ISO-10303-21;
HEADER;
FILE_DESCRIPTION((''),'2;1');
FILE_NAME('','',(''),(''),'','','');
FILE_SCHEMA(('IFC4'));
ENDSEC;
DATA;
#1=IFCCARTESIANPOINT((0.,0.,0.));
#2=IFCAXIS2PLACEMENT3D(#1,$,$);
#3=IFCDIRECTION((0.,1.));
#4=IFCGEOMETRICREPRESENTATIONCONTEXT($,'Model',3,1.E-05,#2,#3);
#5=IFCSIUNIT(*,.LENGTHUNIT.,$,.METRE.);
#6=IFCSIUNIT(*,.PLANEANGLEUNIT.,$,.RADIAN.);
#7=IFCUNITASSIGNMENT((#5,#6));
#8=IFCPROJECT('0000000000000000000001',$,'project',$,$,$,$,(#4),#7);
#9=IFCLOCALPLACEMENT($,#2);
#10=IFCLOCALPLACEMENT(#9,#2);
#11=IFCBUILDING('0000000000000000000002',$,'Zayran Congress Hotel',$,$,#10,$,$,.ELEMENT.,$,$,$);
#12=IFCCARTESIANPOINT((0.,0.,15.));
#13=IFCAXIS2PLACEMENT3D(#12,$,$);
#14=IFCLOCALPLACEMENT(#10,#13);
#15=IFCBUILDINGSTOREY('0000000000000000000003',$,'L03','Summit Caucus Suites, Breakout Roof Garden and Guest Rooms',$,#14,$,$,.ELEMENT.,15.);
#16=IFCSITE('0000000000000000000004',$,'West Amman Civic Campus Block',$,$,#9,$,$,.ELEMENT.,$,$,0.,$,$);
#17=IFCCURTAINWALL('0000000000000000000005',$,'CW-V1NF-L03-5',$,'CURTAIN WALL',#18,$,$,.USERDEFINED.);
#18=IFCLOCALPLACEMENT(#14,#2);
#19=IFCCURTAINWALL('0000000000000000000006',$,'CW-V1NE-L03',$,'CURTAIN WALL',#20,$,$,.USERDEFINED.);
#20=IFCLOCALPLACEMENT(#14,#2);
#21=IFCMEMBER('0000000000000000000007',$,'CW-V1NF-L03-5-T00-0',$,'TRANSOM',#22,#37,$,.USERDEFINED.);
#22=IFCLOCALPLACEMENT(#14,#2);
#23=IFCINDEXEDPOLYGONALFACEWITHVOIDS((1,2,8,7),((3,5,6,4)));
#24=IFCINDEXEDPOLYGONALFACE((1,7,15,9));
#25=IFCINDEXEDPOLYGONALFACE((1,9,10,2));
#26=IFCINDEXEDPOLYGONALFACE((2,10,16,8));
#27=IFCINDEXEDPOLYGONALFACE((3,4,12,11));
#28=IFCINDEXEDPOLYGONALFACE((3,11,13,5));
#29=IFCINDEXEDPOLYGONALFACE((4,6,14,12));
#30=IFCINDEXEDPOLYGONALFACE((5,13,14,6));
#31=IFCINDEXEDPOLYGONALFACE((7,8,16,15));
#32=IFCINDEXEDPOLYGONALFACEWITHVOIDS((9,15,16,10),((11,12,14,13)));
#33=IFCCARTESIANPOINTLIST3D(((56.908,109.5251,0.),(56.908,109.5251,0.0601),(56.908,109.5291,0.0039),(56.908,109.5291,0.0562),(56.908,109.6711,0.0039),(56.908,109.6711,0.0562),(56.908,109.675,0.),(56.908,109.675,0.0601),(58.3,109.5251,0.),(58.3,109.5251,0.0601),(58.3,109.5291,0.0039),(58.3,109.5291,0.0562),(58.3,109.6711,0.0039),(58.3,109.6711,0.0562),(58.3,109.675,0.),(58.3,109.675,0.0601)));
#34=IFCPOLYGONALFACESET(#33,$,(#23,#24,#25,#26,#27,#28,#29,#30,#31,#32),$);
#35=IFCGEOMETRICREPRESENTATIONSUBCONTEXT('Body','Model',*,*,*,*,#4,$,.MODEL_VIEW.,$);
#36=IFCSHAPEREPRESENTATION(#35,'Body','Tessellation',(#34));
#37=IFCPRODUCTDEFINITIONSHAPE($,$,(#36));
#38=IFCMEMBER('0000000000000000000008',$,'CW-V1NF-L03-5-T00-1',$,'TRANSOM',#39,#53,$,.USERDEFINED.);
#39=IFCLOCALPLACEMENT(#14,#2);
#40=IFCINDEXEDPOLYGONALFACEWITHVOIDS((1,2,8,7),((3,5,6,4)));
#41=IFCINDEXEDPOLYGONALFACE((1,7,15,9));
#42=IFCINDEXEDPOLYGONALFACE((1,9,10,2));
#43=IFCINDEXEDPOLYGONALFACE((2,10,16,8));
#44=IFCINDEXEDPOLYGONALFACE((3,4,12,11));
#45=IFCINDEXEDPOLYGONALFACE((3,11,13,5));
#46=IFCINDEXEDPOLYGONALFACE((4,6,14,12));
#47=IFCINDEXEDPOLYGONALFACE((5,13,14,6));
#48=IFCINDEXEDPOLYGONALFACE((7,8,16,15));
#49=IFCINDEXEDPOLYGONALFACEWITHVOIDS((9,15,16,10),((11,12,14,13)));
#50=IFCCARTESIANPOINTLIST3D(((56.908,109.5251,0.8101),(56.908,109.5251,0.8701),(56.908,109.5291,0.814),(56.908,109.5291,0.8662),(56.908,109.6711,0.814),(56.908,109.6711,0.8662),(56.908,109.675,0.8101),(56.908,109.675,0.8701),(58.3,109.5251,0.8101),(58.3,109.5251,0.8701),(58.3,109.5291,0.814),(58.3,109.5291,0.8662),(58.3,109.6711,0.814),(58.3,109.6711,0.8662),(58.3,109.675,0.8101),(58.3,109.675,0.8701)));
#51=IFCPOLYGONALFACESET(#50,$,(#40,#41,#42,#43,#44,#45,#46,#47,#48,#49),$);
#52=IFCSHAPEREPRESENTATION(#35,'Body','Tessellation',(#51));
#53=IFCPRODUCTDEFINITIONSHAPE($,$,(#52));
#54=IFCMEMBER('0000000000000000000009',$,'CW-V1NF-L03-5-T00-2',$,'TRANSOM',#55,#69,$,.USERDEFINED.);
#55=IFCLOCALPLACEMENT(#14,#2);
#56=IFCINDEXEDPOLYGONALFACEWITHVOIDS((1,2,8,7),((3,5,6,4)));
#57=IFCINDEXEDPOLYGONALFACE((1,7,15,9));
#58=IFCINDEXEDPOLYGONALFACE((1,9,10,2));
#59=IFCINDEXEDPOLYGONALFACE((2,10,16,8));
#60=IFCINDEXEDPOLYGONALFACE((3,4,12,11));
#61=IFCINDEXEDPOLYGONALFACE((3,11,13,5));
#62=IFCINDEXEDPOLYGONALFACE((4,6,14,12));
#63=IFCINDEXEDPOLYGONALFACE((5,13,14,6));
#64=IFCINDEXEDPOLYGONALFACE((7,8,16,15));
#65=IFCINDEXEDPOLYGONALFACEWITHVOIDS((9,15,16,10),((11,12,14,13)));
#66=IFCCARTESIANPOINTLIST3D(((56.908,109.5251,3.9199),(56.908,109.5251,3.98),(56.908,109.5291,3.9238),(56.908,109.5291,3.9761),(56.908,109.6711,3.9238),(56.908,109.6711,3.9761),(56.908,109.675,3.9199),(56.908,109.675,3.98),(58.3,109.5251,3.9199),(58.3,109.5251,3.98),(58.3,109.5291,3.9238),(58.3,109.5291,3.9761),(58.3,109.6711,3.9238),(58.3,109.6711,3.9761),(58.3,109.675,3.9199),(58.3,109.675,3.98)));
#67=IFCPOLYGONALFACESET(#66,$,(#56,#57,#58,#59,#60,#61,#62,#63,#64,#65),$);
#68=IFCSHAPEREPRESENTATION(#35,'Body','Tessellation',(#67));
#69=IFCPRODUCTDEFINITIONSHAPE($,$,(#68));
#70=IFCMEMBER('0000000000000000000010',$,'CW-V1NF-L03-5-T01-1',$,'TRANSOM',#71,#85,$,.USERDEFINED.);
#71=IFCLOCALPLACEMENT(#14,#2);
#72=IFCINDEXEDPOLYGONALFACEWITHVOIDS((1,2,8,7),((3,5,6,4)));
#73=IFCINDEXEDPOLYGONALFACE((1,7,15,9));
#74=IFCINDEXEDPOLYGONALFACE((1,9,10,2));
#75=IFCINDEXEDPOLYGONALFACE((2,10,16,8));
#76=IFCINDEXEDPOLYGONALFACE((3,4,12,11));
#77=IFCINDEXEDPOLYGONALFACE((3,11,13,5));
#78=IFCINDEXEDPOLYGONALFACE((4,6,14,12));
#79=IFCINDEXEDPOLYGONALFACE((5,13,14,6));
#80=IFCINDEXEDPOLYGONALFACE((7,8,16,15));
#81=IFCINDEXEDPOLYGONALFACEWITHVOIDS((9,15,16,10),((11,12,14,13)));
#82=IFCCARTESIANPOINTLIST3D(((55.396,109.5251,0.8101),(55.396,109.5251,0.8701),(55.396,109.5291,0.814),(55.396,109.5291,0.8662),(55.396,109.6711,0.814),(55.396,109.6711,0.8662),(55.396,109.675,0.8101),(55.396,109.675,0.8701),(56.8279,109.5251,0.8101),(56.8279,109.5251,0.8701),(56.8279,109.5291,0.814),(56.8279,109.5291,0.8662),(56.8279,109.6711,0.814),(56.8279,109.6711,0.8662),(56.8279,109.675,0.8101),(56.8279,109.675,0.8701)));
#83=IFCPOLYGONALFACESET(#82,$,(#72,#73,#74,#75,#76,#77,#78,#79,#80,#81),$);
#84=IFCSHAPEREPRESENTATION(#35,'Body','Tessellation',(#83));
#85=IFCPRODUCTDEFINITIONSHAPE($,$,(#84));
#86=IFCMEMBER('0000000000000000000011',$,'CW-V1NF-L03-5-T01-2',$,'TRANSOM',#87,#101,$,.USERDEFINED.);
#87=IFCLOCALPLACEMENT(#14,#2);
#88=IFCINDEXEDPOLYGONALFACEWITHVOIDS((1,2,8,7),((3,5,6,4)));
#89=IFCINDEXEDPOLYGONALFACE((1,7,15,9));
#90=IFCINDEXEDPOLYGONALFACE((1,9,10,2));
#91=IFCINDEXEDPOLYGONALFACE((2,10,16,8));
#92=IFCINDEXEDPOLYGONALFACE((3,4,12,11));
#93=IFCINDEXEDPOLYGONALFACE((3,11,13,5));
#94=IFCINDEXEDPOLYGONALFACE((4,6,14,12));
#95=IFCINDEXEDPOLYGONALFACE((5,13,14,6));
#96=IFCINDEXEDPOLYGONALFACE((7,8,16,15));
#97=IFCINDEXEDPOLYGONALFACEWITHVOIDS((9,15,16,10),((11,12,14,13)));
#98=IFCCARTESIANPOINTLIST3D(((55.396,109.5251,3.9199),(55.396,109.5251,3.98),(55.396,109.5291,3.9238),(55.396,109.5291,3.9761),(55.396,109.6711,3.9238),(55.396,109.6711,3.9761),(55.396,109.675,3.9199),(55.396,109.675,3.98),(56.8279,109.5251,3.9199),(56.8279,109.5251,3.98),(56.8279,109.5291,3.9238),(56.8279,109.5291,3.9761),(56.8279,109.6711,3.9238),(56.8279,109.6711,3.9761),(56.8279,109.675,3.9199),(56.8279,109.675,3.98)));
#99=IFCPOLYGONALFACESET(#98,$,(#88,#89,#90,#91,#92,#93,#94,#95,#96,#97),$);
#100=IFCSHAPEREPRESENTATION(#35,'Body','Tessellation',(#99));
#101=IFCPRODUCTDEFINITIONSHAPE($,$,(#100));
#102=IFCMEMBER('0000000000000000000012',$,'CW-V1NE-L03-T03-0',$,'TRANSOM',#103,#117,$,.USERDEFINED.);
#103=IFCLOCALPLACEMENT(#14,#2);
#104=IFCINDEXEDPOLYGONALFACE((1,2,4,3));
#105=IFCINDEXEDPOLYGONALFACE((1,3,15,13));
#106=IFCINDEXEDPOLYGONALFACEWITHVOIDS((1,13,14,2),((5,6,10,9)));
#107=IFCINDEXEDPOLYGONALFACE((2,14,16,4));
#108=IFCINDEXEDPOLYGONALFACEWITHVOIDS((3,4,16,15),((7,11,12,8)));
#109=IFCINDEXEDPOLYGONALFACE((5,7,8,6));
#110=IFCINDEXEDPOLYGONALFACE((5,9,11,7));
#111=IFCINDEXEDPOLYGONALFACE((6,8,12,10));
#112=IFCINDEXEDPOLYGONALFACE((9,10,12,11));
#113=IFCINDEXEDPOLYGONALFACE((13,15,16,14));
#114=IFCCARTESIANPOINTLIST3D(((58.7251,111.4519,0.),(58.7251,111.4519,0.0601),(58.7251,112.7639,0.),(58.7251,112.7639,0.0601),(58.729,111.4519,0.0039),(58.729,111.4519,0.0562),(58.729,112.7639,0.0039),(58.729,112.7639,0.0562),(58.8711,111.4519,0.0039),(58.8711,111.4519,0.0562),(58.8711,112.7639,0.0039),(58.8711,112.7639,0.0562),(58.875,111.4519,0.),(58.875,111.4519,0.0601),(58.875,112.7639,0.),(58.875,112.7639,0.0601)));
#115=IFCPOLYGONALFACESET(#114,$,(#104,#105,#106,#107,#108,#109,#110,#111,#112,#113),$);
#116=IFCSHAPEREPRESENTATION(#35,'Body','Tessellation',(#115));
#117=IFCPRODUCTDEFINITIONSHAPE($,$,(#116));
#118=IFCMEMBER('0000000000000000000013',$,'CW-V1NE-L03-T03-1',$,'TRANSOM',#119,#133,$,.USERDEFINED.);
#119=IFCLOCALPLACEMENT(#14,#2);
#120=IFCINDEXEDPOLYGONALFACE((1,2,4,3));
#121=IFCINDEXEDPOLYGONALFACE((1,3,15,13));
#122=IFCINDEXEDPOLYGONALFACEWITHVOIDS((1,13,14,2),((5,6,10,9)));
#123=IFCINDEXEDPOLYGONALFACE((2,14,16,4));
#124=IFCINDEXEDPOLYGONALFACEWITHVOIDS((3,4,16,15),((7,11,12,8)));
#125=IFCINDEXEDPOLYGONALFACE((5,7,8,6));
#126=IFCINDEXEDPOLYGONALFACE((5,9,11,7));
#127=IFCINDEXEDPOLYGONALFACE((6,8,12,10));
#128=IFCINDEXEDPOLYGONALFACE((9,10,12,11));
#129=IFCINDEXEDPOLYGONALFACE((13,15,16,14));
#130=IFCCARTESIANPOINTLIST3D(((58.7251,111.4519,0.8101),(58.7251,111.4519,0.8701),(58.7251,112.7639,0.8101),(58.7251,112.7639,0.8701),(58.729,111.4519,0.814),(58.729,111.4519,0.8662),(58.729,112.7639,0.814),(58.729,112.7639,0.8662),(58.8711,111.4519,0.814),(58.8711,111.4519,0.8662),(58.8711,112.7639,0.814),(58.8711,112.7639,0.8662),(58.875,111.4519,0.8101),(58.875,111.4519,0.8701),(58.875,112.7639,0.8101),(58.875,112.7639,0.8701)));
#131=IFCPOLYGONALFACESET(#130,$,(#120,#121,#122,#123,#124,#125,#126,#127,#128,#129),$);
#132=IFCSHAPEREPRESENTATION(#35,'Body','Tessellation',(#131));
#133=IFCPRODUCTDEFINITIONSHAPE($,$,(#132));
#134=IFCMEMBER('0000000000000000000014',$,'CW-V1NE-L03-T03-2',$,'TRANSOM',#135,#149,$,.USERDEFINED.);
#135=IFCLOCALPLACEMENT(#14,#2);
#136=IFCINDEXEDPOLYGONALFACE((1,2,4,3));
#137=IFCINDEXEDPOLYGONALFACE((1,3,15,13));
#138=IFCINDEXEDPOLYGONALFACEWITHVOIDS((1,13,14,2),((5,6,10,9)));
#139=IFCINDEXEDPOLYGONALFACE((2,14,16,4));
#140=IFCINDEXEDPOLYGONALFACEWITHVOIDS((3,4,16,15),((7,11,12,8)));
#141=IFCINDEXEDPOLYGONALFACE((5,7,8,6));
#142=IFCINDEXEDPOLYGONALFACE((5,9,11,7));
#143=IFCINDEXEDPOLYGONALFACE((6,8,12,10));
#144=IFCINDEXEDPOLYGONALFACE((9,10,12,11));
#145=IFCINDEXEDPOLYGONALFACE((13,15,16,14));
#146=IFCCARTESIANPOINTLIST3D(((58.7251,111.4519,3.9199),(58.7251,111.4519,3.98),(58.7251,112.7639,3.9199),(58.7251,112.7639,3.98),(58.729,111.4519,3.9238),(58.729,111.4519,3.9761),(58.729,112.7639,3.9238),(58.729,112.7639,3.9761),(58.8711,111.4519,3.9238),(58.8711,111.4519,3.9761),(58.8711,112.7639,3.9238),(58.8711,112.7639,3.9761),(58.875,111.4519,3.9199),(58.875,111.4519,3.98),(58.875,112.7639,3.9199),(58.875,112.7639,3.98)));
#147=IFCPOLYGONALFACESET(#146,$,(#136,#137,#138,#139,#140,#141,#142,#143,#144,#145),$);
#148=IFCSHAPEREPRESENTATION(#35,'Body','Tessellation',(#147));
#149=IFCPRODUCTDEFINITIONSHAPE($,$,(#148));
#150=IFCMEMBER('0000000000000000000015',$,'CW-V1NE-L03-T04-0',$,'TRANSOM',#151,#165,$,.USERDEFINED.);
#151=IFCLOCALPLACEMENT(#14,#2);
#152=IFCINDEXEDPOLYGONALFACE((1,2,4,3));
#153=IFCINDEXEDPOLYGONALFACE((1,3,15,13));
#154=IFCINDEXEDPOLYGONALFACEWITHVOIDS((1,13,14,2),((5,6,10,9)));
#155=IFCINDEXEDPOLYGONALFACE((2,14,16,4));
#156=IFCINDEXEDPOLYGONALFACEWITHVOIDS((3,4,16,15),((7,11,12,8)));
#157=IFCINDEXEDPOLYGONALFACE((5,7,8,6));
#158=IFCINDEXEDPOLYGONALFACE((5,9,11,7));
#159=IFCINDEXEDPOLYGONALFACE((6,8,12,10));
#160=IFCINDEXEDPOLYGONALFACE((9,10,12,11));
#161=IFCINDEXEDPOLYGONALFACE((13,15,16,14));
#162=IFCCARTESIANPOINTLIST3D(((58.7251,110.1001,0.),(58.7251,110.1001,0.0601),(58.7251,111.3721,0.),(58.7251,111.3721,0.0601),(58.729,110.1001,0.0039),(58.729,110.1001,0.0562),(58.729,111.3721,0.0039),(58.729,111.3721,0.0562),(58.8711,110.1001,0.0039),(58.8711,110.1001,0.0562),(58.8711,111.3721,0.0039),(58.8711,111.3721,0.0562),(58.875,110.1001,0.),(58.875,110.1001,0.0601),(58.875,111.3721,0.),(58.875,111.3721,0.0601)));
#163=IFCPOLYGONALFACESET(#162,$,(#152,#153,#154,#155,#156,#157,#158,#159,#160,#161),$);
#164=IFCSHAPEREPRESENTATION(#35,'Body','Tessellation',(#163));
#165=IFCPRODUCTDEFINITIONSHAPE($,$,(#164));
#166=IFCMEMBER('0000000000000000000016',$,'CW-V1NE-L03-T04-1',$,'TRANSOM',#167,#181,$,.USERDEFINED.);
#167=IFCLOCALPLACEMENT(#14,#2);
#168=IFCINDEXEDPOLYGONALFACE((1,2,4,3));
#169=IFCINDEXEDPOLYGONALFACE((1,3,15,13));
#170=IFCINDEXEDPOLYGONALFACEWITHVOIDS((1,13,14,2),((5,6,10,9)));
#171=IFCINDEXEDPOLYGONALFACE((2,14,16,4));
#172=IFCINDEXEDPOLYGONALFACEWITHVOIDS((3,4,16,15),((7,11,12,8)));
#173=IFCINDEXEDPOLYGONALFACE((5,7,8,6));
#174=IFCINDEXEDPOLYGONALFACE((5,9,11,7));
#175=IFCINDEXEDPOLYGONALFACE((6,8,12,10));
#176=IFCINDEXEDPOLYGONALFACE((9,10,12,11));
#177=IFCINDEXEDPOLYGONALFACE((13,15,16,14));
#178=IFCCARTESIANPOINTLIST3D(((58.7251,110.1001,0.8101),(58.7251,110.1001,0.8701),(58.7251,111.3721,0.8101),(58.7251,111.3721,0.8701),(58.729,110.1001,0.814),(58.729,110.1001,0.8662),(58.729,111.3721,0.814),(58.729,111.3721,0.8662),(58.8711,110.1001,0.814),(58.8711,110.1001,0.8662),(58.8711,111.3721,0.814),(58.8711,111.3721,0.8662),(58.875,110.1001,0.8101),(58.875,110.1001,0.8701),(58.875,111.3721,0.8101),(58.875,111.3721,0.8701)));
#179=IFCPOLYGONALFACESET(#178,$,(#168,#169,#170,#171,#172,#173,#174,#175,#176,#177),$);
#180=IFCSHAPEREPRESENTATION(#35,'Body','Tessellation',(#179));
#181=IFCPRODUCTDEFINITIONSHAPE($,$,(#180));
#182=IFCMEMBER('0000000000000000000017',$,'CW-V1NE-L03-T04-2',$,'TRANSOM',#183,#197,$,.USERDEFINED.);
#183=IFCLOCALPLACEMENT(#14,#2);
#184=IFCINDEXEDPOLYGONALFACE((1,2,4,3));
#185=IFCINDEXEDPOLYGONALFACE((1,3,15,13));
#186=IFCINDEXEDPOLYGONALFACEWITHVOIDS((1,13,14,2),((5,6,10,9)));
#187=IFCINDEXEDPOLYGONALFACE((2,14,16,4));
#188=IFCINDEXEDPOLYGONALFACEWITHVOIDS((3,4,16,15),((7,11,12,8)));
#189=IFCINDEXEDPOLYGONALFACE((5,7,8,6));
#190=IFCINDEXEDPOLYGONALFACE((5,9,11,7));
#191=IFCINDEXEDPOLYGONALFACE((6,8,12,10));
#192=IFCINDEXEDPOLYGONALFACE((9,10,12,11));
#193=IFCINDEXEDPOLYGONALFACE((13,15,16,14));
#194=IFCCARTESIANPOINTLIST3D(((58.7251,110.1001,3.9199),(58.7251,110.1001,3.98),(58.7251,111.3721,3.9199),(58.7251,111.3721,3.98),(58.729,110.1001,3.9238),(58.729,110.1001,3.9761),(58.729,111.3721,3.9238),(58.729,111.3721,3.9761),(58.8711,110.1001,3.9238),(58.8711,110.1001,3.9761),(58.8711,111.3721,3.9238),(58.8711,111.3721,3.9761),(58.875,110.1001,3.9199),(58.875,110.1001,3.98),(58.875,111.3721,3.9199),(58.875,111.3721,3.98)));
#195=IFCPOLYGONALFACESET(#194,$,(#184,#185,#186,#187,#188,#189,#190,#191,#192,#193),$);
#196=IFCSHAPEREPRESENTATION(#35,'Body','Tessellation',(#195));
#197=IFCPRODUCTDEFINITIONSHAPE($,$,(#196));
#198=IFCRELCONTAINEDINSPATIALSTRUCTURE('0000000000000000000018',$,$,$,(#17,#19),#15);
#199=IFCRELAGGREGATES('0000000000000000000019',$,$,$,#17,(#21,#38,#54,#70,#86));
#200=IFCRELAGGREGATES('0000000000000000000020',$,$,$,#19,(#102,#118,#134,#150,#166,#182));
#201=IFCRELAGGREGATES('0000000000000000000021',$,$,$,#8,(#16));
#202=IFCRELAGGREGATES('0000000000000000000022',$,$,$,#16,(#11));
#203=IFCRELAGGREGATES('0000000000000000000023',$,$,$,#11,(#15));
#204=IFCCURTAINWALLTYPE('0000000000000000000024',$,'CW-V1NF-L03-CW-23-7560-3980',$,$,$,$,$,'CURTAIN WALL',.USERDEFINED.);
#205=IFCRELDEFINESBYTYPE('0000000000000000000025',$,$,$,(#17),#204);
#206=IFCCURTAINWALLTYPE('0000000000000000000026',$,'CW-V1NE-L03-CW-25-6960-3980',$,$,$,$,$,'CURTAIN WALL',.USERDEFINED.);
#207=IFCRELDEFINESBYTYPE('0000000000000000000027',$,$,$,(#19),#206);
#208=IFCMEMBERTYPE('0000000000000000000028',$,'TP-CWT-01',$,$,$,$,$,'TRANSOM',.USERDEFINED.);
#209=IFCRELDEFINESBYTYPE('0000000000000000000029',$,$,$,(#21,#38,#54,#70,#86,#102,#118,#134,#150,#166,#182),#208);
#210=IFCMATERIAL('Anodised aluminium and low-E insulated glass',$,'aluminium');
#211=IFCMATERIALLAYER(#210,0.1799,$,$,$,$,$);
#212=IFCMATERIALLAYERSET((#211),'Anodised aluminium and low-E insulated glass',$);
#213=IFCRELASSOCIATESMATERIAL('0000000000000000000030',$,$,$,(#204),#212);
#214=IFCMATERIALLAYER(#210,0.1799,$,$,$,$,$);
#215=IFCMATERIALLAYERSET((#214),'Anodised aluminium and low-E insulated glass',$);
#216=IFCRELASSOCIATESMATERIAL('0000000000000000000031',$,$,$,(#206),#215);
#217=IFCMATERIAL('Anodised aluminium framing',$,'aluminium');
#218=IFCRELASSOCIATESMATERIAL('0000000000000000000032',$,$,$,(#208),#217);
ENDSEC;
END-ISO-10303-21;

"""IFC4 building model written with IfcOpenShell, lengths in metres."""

from ifc_helpers import new_model, si_unit, direction, frame, origin, origin_2d, place, context, subcontext, project, spatial, hollow_rectangle, extrude, material, layer, layer_set, material_profile, profile_set, type_object, element, aggregate, save


model = new_model("IFC4")

# Units and contexts
model_context = context("Model", 3, precision=1e-05, world=origin(), true_north=direction((0.0, 1.0)))
body_context = subcontext(model_context, "Body", "Model", "MODEL_VIEW")
ifc_project = project(units=[si_unit("LENGTHUNIT", "METRE"), si_unit("PLANEANGLEUNIT", "RADIAN")], contexts=[model_context])

# Site, building, storey
site_placement = place(None, origin())
site = spatial("IfcSite", under=ifc_project, at=site_placement, Name="West Amman Civic Campus Block", CompositionType="ELEMENT", RefElevation=0.0)
building_placement = place(site_placement, origin())
building = spatial("IfcBuilding", under=site, at=building_placement, Name="Zayran Congress Hotel", CompositionType="ELEMENT")
storey_placement = place(building_placement, frame((0.0, 0.0, 15.0)))
storey = spatial("IfcBuildingStorey", under=building, at=storey_placement, Name="L03", Description="Summit Caucus Suites, Breakout Roof Garden and Guest Rooms", CompositionType="ELEMENT", Elevation=15.0)

# Curtain wall
ifc_material_1 = material(Name="Anodised aluminium and low-E insulated glass", Category="aluminium")
ifc_layer_1 = layer(ifc_material_1, 0.1799)
ifc_layer_set_1 = layer_set([ifc_layer_1], Name="Anodised aluminium and low-E insulated glass")
curtain_wall_type_1 = type_object("IfcCurtainWallType", Name="CW-V1NF-L03-CW-23-7560-3980", ElementType="CURTAIN WALL", PredefinedType="USERDEFINED", material=ifc_layer_set_1)
curtain_wall_1_placement = place(storey_placement, origin())
curtain_wall_1 = element("IfcCurtainWall", 1, at=curtain_wall_1_placement, inside=storey, type_object=curtain_wall_type_1, Name="CW-V1NF-L03-5", ObjectType="CURTAIN WALL", PredefinedType="USERDEFINED")
ifc_material_2 = material(Name="Anodised aluminium framing", Category="aluminium")

# Curtain wall
ifc_layer_2 = layer(ifc_material_1, 0.1799)
ifc_layer_set_2 = layer_set([ifc_layer_2], Name="Anodised aluminium and low-E insulated glass")
curtain_wall_type_2 = type_object("IfcCurtainWallType", Name="CW-V1NE-L03-CW-25-6960-3980", ElementType="CURTAIN WALL", PredefinedType="USERDEFINED", material=ifc_layer_set_2)
curtain_wall_2_placement = place(storey_placement, origin())
curtain_wall_2 = element("IfcCurtainWall", 2, at=curtain_wall_2_placement, inside=storey, type_object=curtain_wall_type_2, Name="CW-V1NE-L03", ObjectType="CURTAIN WALL", PredefinedType="USERDEFINED")

# Members
ifc_material_profile_1 = material_profile(ifc_material_2, hollow_rectangle(XDim=0.0601, YDim=0.1499, WallThickness=0.0039, at=origin_2d()), Name="RHS 150x60x4")
ifc_profile_set_1 = profile_set([ifc_material_profile_1], Name="Anodised aluminium framing")
member_type_1 = type_object("IfcMemberType", Name="TP-CWT-01", ElementType="TRANSOM", PredefinedType="USERDEFINED", material=ifc_profile_set_1)
member_1_placement = place(storey_placement, frame((58.3, 109.6001, 0.03), z_axis=(-1.0, 0.0, 0.0), x_axis=(0.0, 0.0, 1.0)))
member_1 = element("IfcMember", 3, at=member_1_placement, type_object=member_type_1, Name="CW-V1NF-L03-5-T00-0", ObjectType="TRANSOM", PredefinedType="USERDEFINED", context=body_context, shape_type="SweptSolid", body=[
    extrude(hollow_rectangle(XDim=0.0601, YDim=0.1499, WallThickness=0.0039, at=origin_2d()), origin(), (0.0, 0.0, 1.0), 1.3921),
])
member_2_placement = place(storey_placement, frame((58.3, 109.6001, 0.8401), z_axis=(-1.0, 0.0, 0.0), x_axis=(0.0, 0.0, 1.0)))
member_2 = element("IfcMember", 4, at=member_2_placement, type_object=member_type_1, Name="CW-V1NF-L03-5-T00-1", ObjectType="TRANSOM", PredefinedType="USERDEFINED", context=body_context, shape_type="SweptSolid", body=[
    extrude(hollow_rectangle(XDim=0.0601, YDim=0.1499, WallThickness=0.0039, at=origin_2d()), origin(), (0.0, 0.0, 1.0), 1.3921),
])
member_3_placement = place(storey_placement, frame((58.3, 109.6001, 3.95), z_axis=(-1.0, 0.0, 0.0), x_axis=(0.0, 0.0, 1.0)))
member_3 = element("IfcMember", 5, at=member_3_placement, type_object=member_type_1, Name="CW-V1NF-L03-5-T00-2", ObjectType="TRANSOM", PredefinedType="USERDEFINED", context=body_context, shape_type="SweptSolid", body=[
    extrude(hollow_rectangle(XDim=0.0601, YDim=0.1499, WallThickness=0.0039, at=origin_2d()), origin(), (0.0, 0.0, 1.0), 1.3921),
])
member_4_placement = place(storey_placement, frame((56.8279, 109.6001, 0.8401), z_axis=(-1.0, 0.0, 0.0), x_axis=(0.0, 0.0, 1.0)))
member_4 = element("IfcMember", 6, at=member_4_placement, type_object=member_type_1, Name="CW-V1NF-L03-5-T01-1", ObjectType="TRANSOM", PredefinedType="USERDEFINED", context=body_context, shape_type="SweptSolid", body=[
    extrude(hollow_rectangle(XDim=0.0601, YDim=0.1499, WallThickness=0.0039, at=origin_2d()), origin(), (0.0, 0.0, 1.0), 1.4319),
])
member_5_placement = place(storey_placement, frame((56.8279, 109.6001, 3.95), z_axis=(-1.0, 0.0, 0.0), x_axis=(0.0, 0.0, 1.0)))
member_5 = element("IfcMember", 7, at=member_5_placement, type_object=member_type_1, Name="CW-V1NF-L03-5-T01-2", ObjectType="TRANSOM", PredefinedType="USERDEFINED", context=body_context, shape_type="SweptSolid", body=[
    extrude(hollow_rectangle(XDim=0.0601, YDim=0.1499, WallThickness=0.0039, at=origin_2d()), origin(), (0.0, 0.0, 1.0), 1.4319),
])
member_6_placement = place(storey_placement, frame((58.8, 112.7639, 0.03), z_axis=(0.0, -1.0, 0.0), x_axis=(0.0, 0.0, 1.0)))
member_6 = element("IfcMember", 8, at=member_6_placement, type_object=member_type_1, Name="CW-V1NE-L03-T03-0", ObjectType="TRANSOM", PredefinedType="USERDEFINED", context=body_context, shape_type="SweptSolid", body=[
    extrude(hollow_rectangle(XDim=0.0601, YDim=0.1499, WallThickness=0.0039, at=origin_2d()), origin(), (0.0, 0.0, 1.0), 1.312),
])
member_7_placement = place(storey_placement, frame((58.8, 112.7639, 0.8401), z_axis=(0.0, -1.0, 0.0), x_axis=(0.0, 0.0, 1.0)))
member_7 = element("IfcMember", 9, at=member_7_placement, type_object=member_type_1, Name="CW-V1NE-L03-T03-1", ObjectType="TRANSOM", PredefinedType="USERDEFINED", context=body_context, shape_type="SweptSolid", body=[
    extrude(hollow_rectangle(XDim=0.0601, YDim=0.1499, WallThickness=0.0039, at=origin_2d()), origin(), (0.0, 0.0, 1.0), 1.312),
])
member_8_placement = place(storey_placement, frame((58.8, 112.7639, 3.95), z_axis=(0.0, -1.0, 0.0), x_axis=(0.0, 0.0, 1.0)))
member_8 = element("IfcMember", 10, at=member_8_placement, type_object=member_type_1, Name="CW-V1NE-L03-T03-2", ObjectType="TRANSOM", PredefinedType="USERDEFINED", context=body_context, shape_type="SweptSolid", body=[
    extrude(hollow_rectangle(XDim=0.0601, YDim=0.1499, WallThickness=0.0039, at=origin_2d()), origin(), (0.0, 0.0, 1.0), 1.312),
])
member_9_placement = place(storey_placement, frame((58.8, 111.3721, 0.03), z_axis=(0.0, -1.0, 0.0), x_axis=(0.0, 0.0, 1.0)))
member_9 = element("IfcMember", 11, at=member_9_placement, type_object=member_type_1, Name="CW-V1NE-L03-T04-0", ObjectType="TRANSOM", PredefinedType="USERDEFINED", context=body_context, shape_type="SweptSolid", body=[
    extrude(hollow_rectangle(XDim=0.0601, YDim=0.1499, WallThickness=0.0039, at=origin_2d()), origin(), (0.0, 0.0, 1.0), 1.272),
])
member_10_placement = place(storey_placement, frame((58.8, 111.3721, 0.8401), z_axis=(0.0, -1.0, 0.0), x_axis=(0.0, 0.0, 1.0)))
member_10 = element("IfcMember", 12, at=member_10_placement, type_object=member_type_1, Name="CW-V1NE-L03-T04-1", ObjectType="TRANSOM", PredefinedType="USERDEFINED", context=body_context, shape_type="SweptSolid", body=[
    extrude(hollow_rectangle(XDim=0.0601, YDim=0.1499, WallThickness=0.0039, at=origin_2d()), origin(), (0.0, 0.0, 1.0), 1.272),
])
member_11_placement = place(storey_placement, frame((58.8, 111.3721, 3.95), z_axis=(0.0, -1.0, 0.0), x_axis=(0.0, 0.0, 1.0)))
member_11 = element("IfcMember", 13, at=member_11_placement, type_object=member_type_1, Name="CW-V1NE-L03-T04-2", ObjectType="TRANSOM", PredefinedType="USERDEFINED", context=body_context, shape_type="SweptSolid", body=[
    extrude(hollow_rectangle(XDim=0.0601, YDim=0.1499, WallThickness=0.0039, at=origin_2d()), origin(), (0.0, 0.0, 1.0), 1.272),
])

aggregate(curtain_wall_1, [member_1, member_2, member_3, member_4, member_5])
aggregate(curtain_wall_2, [member_6, member_7, member_8, member_9, member_10, member_11])

save(model, "model.ifc")
